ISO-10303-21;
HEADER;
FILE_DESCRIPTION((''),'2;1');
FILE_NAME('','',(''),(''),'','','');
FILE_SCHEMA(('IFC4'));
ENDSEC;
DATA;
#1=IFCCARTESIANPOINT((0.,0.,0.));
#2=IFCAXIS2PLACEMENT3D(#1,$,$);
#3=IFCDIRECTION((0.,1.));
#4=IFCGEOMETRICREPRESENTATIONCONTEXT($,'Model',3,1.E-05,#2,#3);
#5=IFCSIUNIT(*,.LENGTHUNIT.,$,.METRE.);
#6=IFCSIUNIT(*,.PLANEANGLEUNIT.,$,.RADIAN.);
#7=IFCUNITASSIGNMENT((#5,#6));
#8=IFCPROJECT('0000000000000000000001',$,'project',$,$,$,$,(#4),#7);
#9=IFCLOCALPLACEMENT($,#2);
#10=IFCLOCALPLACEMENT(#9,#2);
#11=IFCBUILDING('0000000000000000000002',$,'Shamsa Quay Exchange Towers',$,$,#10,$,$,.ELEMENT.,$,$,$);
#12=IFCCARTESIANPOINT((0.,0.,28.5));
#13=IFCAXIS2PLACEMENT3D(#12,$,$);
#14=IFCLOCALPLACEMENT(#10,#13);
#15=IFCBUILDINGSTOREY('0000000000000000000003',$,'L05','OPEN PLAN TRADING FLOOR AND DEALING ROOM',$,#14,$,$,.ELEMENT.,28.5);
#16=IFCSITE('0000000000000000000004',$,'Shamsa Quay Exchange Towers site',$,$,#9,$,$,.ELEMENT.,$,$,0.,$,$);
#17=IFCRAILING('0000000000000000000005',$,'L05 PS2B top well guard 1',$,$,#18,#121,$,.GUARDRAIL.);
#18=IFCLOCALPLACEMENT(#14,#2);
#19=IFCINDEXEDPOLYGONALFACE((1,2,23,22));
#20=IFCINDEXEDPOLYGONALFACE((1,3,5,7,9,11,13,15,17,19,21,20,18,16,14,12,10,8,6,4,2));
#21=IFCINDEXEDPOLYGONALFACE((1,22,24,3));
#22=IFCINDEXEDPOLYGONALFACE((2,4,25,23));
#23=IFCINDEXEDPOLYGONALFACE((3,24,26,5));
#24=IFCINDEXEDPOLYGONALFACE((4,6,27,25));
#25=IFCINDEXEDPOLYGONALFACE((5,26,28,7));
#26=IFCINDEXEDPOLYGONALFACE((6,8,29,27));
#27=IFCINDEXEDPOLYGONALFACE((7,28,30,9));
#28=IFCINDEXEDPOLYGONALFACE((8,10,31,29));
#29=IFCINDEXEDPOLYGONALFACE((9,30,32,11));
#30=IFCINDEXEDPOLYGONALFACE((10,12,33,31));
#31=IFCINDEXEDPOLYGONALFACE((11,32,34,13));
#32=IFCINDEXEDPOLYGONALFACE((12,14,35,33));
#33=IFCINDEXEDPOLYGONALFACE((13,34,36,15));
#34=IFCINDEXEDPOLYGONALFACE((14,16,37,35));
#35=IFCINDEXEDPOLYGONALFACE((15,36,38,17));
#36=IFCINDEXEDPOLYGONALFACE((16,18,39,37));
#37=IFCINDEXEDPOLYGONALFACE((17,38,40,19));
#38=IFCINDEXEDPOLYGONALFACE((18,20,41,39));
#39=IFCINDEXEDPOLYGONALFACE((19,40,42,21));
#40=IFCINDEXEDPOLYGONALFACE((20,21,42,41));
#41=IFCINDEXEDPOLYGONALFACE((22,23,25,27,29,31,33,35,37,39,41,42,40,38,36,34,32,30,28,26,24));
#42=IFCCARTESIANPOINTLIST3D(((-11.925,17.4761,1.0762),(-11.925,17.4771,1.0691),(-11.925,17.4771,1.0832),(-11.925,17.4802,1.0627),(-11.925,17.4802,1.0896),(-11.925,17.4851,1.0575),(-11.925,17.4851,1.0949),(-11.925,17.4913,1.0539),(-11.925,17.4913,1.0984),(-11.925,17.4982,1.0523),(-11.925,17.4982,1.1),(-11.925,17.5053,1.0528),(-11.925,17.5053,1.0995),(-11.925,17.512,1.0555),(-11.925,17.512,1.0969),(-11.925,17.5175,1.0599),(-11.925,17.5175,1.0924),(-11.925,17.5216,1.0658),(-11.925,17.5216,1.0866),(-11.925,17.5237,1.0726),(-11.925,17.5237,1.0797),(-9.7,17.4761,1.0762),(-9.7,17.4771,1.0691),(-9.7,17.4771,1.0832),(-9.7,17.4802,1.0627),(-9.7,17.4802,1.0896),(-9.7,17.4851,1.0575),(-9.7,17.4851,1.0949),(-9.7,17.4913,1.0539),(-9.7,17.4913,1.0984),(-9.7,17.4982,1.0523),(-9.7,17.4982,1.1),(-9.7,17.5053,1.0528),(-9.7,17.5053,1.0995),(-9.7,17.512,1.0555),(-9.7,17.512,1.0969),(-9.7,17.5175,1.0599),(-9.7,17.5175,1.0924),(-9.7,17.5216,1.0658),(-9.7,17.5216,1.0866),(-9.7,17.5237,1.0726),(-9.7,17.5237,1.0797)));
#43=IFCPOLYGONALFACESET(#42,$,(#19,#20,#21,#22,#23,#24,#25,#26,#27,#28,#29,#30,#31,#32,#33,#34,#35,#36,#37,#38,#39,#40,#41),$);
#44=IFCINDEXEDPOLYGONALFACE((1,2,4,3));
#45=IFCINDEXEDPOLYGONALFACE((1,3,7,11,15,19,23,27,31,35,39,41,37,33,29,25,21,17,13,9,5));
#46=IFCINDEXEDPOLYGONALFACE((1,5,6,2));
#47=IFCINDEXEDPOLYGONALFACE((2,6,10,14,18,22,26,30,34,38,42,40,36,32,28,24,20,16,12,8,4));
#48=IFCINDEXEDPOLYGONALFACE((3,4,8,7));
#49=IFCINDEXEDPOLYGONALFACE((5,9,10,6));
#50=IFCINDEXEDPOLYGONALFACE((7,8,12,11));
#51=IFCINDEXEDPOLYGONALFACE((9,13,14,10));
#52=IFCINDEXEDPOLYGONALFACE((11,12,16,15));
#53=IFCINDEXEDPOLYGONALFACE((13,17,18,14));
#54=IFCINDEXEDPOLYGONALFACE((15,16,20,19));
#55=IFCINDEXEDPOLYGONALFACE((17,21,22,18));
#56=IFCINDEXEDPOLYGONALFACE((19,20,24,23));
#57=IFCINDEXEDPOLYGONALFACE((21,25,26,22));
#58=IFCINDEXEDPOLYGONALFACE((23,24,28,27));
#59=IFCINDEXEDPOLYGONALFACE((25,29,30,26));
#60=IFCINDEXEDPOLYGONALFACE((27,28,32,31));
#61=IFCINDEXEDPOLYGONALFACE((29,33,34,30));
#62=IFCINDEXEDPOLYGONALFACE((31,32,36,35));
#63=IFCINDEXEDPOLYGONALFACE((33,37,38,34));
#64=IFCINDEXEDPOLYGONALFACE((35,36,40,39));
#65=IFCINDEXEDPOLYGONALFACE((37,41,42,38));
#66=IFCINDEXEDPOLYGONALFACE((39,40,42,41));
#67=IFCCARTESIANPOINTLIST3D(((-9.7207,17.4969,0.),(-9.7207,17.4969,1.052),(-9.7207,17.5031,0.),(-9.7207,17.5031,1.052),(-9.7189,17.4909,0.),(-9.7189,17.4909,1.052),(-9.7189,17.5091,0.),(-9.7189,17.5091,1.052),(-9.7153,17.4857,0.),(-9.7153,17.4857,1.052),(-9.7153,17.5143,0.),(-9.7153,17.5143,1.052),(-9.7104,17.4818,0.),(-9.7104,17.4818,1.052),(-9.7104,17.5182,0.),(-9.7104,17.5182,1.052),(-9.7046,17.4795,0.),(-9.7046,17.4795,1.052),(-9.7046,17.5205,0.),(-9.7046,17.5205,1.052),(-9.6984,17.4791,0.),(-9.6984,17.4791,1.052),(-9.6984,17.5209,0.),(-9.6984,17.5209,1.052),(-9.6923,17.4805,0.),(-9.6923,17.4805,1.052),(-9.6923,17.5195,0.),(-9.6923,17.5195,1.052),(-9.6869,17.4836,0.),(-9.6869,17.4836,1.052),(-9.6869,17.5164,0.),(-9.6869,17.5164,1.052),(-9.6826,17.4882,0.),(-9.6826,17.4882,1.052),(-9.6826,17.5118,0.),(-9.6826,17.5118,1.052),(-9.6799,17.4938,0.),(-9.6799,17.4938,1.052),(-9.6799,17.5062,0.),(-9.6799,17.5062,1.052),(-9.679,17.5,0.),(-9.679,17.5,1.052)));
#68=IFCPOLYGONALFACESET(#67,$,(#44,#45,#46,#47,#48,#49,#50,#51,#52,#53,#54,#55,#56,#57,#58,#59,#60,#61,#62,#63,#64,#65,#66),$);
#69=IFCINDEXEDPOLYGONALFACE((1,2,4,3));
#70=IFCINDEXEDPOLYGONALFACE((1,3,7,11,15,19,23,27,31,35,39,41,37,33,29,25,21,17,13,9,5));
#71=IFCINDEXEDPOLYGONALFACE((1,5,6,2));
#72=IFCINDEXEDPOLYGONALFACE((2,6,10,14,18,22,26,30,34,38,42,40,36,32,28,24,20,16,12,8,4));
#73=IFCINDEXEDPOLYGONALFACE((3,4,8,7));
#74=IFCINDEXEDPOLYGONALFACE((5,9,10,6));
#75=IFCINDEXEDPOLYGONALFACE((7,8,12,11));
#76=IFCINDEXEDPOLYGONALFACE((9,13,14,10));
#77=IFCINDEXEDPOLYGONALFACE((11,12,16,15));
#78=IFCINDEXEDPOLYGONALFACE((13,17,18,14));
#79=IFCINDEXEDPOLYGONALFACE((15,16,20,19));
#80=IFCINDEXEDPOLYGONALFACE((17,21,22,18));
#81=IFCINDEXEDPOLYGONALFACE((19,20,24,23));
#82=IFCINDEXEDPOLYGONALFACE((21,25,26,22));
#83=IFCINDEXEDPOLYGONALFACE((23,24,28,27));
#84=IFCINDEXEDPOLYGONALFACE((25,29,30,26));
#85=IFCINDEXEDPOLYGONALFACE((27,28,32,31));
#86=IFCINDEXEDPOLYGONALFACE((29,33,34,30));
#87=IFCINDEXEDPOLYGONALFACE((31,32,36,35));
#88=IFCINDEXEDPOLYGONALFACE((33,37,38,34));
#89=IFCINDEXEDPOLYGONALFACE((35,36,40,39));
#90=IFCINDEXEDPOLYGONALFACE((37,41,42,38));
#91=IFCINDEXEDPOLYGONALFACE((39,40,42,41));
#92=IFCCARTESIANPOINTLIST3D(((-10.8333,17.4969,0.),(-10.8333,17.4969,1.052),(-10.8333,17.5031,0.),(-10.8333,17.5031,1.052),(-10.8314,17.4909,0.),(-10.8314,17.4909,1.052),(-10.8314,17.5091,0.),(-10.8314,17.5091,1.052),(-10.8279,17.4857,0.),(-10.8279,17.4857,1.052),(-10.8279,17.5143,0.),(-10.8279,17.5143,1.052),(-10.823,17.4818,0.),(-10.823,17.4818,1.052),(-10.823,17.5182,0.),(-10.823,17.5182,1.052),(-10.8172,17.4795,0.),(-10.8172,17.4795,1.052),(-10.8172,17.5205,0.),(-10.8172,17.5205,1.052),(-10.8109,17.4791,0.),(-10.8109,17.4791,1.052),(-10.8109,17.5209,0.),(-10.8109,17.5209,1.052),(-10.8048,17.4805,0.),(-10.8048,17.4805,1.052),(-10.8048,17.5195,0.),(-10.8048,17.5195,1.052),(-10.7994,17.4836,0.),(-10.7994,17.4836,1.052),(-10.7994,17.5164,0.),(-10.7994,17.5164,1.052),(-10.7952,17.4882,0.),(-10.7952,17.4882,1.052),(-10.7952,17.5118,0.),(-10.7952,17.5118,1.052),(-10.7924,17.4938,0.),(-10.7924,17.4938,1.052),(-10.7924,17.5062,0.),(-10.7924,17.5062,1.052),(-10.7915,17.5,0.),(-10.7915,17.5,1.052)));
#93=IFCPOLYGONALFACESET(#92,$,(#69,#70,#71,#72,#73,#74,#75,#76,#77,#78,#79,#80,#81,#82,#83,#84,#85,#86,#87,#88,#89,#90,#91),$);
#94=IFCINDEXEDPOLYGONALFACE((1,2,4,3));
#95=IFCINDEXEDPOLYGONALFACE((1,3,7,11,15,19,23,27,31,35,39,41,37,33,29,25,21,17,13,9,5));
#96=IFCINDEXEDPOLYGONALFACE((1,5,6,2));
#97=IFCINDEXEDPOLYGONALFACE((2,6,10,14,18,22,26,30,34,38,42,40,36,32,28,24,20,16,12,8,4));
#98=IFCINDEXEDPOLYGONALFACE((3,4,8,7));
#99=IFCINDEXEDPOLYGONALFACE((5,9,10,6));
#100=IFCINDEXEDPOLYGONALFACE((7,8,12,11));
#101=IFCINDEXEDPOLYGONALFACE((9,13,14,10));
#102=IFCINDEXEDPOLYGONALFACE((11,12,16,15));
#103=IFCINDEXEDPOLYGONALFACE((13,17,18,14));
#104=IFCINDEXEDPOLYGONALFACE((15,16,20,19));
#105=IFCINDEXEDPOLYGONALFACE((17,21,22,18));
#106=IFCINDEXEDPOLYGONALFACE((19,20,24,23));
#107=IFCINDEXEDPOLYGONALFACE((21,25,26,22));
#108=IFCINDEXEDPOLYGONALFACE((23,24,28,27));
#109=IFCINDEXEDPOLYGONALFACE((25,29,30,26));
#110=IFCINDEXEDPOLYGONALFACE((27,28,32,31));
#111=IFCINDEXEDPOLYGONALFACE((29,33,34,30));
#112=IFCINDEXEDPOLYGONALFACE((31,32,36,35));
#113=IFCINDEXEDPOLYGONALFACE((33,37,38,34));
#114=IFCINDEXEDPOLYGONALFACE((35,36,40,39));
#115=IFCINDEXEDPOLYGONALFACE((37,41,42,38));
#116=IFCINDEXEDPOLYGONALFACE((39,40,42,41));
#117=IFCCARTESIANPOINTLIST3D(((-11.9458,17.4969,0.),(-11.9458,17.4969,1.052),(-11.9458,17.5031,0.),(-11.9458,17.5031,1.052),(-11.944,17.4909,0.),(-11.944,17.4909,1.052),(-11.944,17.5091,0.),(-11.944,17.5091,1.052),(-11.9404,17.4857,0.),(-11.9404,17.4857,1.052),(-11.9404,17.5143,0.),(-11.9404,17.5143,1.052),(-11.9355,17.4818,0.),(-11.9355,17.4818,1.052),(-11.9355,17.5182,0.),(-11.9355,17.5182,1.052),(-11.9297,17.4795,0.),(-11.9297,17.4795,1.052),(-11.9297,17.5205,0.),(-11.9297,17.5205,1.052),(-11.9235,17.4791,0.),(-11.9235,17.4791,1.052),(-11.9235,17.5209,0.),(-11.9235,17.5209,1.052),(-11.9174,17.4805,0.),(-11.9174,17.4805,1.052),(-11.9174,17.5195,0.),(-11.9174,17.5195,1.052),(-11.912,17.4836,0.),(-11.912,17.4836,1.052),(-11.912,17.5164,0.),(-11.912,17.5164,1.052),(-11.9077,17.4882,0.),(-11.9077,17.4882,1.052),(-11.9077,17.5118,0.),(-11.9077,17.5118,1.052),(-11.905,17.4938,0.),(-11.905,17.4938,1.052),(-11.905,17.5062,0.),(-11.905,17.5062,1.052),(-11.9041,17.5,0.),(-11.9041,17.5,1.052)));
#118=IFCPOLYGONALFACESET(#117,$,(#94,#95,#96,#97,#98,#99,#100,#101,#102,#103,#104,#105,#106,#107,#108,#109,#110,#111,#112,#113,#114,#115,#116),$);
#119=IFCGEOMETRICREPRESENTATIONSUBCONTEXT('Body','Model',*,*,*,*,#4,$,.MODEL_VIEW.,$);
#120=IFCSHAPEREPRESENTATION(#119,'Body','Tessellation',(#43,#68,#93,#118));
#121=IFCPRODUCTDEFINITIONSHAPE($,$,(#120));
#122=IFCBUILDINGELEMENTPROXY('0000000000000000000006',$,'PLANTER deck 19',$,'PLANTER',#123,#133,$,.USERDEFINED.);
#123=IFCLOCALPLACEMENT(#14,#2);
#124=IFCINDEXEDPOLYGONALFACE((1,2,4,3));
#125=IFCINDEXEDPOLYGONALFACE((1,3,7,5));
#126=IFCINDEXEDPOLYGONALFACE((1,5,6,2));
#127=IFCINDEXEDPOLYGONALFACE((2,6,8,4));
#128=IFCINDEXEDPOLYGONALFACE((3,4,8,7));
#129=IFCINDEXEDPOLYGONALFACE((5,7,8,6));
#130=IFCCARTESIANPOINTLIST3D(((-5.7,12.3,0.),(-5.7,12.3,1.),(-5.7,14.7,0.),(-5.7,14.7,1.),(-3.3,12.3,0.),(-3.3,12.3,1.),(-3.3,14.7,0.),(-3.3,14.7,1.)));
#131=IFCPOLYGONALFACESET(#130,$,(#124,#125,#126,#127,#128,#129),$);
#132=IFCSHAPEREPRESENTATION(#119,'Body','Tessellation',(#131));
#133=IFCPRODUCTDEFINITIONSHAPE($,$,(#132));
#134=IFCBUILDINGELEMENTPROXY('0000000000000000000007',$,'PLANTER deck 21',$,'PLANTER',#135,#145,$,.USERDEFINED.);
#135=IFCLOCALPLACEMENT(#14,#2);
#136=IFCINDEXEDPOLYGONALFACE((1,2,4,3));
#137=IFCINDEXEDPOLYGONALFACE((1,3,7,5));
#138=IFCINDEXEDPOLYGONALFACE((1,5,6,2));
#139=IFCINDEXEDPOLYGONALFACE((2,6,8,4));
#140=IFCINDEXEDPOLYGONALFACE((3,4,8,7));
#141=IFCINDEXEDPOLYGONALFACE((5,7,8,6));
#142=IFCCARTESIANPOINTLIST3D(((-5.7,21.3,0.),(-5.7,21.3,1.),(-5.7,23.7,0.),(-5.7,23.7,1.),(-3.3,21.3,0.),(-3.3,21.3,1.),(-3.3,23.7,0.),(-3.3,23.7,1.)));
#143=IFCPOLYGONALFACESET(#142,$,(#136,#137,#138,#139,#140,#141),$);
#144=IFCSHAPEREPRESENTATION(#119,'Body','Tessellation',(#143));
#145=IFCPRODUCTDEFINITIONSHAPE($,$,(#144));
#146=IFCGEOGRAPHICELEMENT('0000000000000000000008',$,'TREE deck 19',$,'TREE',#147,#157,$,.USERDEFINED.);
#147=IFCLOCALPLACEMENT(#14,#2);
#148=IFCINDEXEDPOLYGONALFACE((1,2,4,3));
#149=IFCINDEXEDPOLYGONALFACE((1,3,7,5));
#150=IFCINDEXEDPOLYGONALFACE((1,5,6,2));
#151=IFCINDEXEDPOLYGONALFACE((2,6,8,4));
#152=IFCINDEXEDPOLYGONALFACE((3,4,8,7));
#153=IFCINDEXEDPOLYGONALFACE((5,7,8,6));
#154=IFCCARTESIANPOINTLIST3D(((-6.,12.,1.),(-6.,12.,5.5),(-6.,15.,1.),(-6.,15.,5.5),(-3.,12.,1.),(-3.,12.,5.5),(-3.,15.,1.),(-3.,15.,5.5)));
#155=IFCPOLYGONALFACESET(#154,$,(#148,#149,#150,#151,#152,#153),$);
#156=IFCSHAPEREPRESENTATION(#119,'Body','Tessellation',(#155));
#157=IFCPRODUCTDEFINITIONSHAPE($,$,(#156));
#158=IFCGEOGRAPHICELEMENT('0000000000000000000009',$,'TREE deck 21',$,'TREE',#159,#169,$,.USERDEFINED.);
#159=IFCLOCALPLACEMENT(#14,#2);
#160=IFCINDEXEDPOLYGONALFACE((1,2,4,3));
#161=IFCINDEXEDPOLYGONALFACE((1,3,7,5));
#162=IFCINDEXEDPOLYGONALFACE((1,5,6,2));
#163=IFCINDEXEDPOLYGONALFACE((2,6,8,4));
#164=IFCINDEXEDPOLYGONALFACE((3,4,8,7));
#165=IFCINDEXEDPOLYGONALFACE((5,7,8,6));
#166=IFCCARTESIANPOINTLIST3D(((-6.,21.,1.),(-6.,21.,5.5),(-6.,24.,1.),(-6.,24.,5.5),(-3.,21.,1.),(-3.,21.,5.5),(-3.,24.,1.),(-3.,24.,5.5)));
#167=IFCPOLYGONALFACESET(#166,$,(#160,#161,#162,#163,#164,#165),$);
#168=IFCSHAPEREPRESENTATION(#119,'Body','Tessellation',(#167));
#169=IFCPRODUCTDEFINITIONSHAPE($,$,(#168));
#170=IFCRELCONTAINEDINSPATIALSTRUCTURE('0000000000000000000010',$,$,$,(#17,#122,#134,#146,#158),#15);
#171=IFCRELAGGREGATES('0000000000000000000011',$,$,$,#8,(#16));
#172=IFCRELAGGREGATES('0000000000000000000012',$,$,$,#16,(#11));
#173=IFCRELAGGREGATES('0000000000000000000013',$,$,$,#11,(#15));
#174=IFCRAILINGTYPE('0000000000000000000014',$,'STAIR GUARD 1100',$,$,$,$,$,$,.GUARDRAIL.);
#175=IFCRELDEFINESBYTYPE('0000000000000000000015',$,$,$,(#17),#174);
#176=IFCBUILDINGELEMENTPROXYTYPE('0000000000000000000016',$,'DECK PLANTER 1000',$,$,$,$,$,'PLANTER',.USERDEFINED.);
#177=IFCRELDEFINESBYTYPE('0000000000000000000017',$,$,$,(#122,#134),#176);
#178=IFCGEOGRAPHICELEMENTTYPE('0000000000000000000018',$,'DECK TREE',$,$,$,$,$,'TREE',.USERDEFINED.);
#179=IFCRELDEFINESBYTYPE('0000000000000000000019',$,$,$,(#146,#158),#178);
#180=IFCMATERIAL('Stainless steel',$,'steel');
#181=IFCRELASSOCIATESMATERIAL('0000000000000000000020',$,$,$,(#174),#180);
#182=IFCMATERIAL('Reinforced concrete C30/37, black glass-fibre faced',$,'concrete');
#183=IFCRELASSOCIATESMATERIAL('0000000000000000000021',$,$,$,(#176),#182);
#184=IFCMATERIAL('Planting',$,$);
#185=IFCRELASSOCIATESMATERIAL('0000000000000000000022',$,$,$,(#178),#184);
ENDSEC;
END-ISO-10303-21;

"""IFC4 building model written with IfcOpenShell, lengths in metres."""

from ifc_helpers import new_model, si_unit, direction, frame, origin, origin_2d, place, context, subcontext, project, spatial, rectangle, circle, extrude, material, type_object, element, save


model = new_model("IFC4")

# Units and contexts
model_context = context("Model", 3, precision=1e-05, world=origin(), true_north=direction((0.0, 1.0)))
body_context = subcontext(model_context, "Body", "Model", "MODEL_VIEW")
ifc_project = project(units=[si_unit("LENGTHUNIT", "METRE"), si_unit("PLANEANGLEUNIT", "RADIAN")], contexts=[model_context])

# Site, building, storey
site_placement = place(None, origin())
site = spatial("IfcSite", under=ifc_project, at=site_placement, Name="Shamsa Quay Exchange Towers site", CompositionType="ELEMENT", RefElevation=0.0)
building_placement = place(site_placement, origin())
building = spatial("IfcBuilding", under=site, at=building_placement, Name="Shamsa Quay Exchange Towers", CompositionType="ELEMENT")
storey_placement = place(building_placement, frame((0.0, 0.0, 28.5)))
storey = spatial("IfcBuildingStorey", under=building, at=storey_placement, Name="L05", Description="OPEN PLAN TRADING FLOOR AND DEALING ROOM", CompositionType="ELEMENT", Elevation=28.5)

# Railing
ifc_material_1 = material(Name="Stainless steel", Category="steel")
railing_type = type_object("IfcRailingType", Name="STAIR GUARD 1100", PredefinedType="GUARDRAIL", material=ifc_material_1)
for number, where, name in (
    (1, (-9.7, 17.5, 0.0), "L05 PS2B top well guard 1"),
):
    element("IfcRailing", number, at=place(storey_placement, frame(where)), inside=storey, type_object=railing_type, Name=name, PredefinedType="GUARDRAIL", context=body_context, shape_type="SweptSolid", body=[
        extrude(circle(Radius=0.0239, at=origin_2d()), frame((0.0, 0.0, 1.0762), z_axis=(-1.0, 0.0, 0.0), x_axis=(0.0, -1.0, 0.0)), (0.0, 0.0, 1.0), 2.2251),
        extrude(circle(Radius=0.021, at=origin_2d()), origin(), (0.0, 0.0, 1.0), 1.052),
        extrude(circle(Radius=0.021, at=origin_2d()), frame((-1.1125, 0.0, 0.0)), (0.0, 0.0, 1.0), 1.052),
        extrude(circle(Radius=0.021, at=origin_2d()), frame((-2.2251, 0.0, 0.0)), (0.0, 0.0, 1.0), 1.052),
    ])

# Building element proxies
ifc_material_2 = material(Name="Reinforced concrete C30/37, black glass-fibre faced", Category="concrete")
building_element_proxy_type = type_object("IfcBuildingElementProxyType", Name="DECK PLANTER 1000", ElementType="PLANTER", PredefinedType="USERDEFINED", material=ifc_material_2)
for number, where, name in (
    (2, (-4.5, 13.5, 0.0), "PLANTER deck 19"),
    (3, (-4.5, 22.5, 0.0), "PLANTER deck 21"),
):
    element("IfcBuildingElementProxy", number, at=place(storey_placement, frame(where)), inside=storey, type_object=building_element_proxy_type, Name=name, ObjectType="PLANTER", PredefinedType="USERDEFINED", context=body_context, shape_type="SweptSolid", body=[
        extrude(rectangle(XDim=2.3999, YDim=2.3999, at=origin_2d()), origin(), (0.0, 0.0, 1.0), 1.0),
    ])

# Geographic elements
ifc_material_3 = material(Name="Planting")
geographic_element_type = type_object("IfcGeographicElementType", Name="DECK TREE", ElementType="TREE", PredefinedType="USERDEFINED", material=ifc_material_3)
for number, where, name in (
    (4, (-4.5, 13.5, 1.0), "TREE deck 19"),
    (5, (-4.5, 22.5, 1.0), "TREE deck 21"),
):
    element("IfcGeographicElement", number, at=place(storey_placement, frame(where)), inside=storey, type_object=geographic_element_type, Name=name, ObjectType="TREE", PredefinedType="USERDEFINED", context=body_context, shape_type="SweptSolid", body=[
        extrude(rectangle(XDim=3.0, YDim=3.0, at=origin_2d()), origin(), (0.0, 0.0, 1.0), 4.5),
    ])

save(model, "model.ifc")
